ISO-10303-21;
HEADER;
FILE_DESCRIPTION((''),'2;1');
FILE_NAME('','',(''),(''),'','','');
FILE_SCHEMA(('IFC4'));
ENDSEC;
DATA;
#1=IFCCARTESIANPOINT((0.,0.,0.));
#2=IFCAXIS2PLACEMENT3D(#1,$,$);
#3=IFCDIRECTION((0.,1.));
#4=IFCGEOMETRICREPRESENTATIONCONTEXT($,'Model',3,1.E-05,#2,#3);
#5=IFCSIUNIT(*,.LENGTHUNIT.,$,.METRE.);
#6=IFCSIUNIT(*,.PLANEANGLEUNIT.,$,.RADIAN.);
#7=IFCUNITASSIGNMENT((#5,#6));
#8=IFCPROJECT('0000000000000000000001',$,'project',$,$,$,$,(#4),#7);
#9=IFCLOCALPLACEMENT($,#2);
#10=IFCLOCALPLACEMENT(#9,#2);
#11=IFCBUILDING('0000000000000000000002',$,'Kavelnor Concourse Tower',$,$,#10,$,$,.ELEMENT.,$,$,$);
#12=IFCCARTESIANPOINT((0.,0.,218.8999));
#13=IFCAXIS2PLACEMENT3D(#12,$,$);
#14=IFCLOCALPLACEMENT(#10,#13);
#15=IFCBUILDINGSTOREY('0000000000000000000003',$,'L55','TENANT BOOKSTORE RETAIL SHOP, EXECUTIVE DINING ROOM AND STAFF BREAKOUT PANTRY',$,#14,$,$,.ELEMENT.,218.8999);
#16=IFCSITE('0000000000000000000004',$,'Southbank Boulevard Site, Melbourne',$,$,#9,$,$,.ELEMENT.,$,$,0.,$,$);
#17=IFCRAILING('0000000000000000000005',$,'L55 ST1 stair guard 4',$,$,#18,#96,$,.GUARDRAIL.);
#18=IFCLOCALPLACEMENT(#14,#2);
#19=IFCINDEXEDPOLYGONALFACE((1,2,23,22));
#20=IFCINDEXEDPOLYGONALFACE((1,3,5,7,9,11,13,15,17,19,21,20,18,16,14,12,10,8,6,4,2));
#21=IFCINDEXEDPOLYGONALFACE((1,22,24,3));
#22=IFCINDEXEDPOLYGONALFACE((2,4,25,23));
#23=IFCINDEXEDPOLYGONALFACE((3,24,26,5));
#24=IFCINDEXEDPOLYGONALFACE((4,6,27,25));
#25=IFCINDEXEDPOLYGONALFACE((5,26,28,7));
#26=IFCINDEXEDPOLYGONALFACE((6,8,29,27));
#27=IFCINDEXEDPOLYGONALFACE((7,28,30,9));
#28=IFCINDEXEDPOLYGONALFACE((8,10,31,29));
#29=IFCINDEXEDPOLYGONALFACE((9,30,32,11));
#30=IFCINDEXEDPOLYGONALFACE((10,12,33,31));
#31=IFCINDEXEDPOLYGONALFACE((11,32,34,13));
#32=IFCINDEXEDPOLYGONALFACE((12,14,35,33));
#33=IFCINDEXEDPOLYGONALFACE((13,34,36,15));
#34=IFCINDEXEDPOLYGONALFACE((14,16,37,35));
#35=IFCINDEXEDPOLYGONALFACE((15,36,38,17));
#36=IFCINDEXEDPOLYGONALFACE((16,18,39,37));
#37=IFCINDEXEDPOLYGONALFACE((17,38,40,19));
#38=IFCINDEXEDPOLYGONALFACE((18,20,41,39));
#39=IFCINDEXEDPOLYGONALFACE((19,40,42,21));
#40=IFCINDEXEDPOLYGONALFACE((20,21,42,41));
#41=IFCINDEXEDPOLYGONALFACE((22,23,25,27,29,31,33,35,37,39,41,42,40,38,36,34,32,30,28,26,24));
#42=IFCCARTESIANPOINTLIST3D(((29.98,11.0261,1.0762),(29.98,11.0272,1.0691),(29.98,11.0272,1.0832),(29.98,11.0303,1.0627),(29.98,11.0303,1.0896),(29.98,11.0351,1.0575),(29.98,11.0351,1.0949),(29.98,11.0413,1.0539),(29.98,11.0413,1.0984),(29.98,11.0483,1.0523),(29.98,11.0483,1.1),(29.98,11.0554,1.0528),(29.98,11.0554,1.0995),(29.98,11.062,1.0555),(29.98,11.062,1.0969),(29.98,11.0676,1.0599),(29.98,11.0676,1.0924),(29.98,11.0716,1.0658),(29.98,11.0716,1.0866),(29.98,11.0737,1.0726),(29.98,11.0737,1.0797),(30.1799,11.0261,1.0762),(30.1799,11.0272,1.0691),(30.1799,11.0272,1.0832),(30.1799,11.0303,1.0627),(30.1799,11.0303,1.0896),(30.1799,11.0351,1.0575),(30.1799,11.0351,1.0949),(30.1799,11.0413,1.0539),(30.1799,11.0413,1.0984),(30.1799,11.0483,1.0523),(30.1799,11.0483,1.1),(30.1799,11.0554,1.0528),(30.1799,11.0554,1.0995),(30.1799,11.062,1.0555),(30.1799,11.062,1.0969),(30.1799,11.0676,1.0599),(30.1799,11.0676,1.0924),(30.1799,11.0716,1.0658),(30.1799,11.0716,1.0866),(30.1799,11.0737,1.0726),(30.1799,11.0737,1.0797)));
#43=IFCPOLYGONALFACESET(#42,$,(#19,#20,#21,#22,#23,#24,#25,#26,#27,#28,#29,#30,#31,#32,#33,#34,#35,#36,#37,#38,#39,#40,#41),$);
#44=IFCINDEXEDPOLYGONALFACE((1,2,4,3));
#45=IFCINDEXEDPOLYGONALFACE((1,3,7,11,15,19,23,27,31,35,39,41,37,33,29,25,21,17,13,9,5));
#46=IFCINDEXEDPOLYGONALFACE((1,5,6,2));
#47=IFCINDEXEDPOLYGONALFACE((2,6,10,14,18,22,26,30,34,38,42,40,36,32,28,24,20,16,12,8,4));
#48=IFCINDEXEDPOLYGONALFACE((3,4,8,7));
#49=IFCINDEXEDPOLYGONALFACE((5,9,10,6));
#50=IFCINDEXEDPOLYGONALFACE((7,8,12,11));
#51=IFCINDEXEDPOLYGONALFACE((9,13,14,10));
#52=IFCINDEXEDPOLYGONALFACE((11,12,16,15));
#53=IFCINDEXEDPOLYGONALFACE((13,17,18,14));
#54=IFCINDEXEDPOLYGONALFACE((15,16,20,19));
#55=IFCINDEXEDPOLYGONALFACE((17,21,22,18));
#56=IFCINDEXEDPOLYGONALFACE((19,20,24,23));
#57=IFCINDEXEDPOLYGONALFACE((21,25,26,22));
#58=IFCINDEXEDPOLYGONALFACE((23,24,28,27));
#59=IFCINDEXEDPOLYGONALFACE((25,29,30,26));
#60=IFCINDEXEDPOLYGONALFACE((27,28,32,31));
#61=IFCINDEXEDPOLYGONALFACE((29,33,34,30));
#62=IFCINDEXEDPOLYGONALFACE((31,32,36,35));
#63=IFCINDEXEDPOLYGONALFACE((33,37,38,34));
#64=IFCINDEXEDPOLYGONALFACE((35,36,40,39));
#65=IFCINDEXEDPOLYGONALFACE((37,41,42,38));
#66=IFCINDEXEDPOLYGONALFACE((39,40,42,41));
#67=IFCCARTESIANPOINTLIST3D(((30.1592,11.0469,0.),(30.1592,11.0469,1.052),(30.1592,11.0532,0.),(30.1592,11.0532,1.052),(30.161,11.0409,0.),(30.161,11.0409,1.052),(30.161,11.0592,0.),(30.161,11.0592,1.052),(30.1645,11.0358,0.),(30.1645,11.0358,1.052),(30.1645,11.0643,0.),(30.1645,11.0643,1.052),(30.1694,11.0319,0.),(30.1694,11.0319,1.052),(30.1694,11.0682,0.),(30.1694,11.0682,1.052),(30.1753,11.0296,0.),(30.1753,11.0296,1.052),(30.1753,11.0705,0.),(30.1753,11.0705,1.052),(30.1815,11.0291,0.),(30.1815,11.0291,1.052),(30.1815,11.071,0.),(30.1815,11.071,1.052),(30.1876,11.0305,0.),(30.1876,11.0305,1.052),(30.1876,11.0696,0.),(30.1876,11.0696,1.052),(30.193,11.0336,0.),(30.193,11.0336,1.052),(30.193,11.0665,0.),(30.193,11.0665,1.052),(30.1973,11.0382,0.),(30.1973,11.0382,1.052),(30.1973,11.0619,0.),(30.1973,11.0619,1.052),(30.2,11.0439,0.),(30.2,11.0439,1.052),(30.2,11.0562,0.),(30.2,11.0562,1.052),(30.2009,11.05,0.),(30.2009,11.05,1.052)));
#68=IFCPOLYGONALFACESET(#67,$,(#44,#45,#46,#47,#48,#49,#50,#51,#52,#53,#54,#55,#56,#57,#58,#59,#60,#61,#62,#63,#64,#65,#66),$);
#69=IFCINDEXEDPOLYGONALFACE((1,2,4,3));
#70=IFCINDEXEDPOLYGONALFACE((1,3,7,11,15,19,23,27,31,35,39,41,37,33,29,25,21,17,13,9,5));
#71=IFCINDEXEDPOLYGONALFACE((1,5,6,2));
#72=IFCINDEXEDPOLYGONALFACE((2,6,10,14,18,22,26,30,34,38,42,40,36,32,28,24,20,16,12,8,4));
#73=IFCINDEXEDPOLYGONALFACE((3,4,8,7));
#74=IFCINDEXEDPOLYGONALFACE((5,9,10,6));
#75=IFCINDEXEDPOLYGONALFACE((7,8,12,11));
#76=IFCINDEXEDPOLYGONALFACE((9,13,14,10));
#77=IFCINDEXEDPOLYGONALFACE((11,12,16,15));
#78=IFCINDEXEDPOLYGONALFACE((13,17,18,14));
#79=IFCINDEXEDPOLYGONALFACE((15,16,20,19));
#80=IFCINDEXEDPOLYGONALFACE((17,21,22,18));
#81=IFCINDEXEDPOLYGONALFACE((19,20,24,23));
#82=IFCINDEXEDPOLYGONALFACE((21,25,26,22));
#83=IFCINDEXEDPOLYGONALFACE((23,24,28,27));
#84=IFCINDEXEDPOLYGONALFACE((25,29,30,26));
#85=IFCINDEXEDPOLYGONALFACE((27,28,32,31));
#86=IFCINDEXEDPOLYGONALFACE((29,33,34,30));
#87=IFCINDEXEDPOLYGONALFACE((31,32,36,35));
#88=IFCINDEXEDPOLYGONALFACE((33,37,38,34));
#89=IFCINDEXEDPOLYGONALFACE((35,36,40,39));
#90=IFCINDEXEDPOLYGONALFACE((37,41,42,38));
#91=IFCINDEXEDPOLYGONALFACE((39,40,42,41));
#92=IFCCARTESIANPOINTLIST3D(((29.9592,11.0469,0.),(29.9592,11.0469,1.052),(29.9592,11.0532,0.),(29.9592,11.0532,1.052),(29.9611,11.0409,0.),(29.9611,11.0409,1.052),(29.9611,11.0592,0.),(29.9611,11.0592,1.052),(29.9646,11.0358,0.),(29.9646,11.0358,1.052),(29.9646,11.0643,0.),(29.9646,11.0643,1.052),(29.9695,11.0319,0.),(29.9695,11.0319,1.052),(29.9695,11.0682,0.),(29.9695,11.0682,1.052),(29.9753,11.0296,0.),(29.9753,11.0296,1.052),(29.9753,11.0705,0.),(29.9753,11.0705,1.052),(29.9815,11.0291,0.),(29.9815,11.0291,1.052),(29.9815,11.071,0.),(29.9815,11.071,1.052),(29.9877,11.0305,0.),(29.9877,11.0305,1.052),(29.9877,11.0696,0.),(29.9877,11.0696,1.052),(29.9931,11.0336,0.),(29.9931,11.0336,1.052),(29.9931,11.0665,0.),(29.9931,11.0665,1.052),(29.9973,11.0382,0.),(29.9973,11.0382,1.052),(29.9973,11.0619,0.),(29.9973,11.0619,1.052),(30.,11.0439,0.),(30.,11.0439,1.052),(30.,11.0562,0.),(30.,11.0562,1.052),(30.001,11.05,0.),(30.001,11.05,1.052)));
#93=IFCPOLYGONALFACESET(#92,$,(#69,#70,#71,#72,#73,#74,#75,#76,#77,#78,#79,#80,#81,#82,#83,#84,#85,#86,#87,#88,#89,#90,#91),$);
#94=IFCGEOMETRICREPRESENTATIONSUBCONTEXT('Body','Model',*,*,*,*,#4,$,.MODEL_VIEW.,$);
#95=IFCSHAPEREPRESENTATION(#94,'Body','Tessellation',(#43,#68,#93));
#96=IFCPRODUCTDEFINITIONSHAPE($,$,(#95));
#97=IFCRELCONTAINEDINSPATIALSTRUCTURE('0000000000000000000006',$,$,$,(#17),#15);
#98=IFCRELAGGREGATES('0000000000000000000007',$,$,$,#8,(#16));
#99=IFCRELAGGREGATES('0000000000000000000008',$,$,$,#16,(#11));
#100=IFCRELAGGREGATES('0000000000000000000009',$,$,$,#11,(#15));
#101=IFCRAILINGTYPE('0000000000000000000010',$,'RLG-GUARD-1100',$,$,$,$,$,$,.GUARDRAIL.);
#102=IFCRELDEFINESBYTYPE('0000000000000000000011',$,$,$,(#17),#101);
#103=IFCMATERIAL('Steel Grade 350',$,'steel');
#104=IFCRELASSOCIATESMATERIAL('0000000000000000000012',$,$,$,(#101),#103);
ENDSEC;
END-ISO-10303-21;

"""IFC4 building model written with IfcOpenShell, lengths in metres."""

from ifc_helpers import new_model, si_unit, direction, frame, origin, origin_2d, place, context, subcontext, project, spatial, circle, extrude, material, type_object, element, save


model = new_model("IFC4")

# Units and contexts
model_context = context("Model", 3, precision=1e-05, world=origin(), true_north=direction((0.0, 1.0)))
body_context = subcontext(model_context, "Body", "Model", "MODEL_VIEW")
ifc_project = project(units=[si_unit("LENGTHUNIT", "METRE"), si_unit("PLANEANGLEUNIT", "RADIAN")], contexts=[model_context])

# Site, building, storey
site_placement = place(None, origin())
site = spatial("IfcSite", under=ifc_project, at=site_placement, Name="Southbank Boulevard Site, Melbourne", CompositionType="ELEMENT", RefElevation=0.0)
building_placement = place(site_placement, origin())
building = spatial("IfcBuilding", under=site, at=building_placement, Name="Kavelnor Concourse Tower", CompositionType="ELEMENT")
storey_placement = place(building_placement, frame((0.0, 0.0, 218.8999)))
storey = spatial("IfcBuildingStorey", under=building, at=storey_placement, Name="L55", Description="TENANT BOOKSTORE RETAIL SHOP, EXECUTIVE DINING ROOM AND STAFF BREAKOUT PANTRY", CompositionType="ELEMENT", Elevation=218.8999)

# Shared definitions
ifc_material_1 = material(Name="Steel Grade 350", Category="steel")

# Railing
railing_type_1 = type_object("IfcRailingType", Name="RLG-GUARD-1100", PredefinedType="GUARDRAIL", material=ifc_material_1)
railing_1_placement = place(storey_placement, frame((30.1799, 11.05, 0.0)))
element("IfcRailing", 1, at=railing_1_placement, inside=storey, type_object=railing_type_1, Name="L55 ST1 stair guard 4", PredefinedType="GUARDRAIL", context=body_context, shape_type="SweptSolid", body=[
    extrude(circle(Radius=0.0239, at=origin_2d()), frame((0.0, 0.0, 1.0762), z_axis=(-1.0, 0.0, 0.0), x_axis=(0.0, -1.0, 0.0)), (0.0, 0.0, 1.0), 0.2),
    extrude(circle(Radius=0.021, at=origin_2d()), origin(), (0.0, 0.0, 1.0), 1.052),
    extrude(circle(Radius=0.021, at=origin_2d()), frame((-0.2, 0.0, 0.0)), (0.0, 0.0, 1.0), 1.052),
])

save(model, "model.ifc")
